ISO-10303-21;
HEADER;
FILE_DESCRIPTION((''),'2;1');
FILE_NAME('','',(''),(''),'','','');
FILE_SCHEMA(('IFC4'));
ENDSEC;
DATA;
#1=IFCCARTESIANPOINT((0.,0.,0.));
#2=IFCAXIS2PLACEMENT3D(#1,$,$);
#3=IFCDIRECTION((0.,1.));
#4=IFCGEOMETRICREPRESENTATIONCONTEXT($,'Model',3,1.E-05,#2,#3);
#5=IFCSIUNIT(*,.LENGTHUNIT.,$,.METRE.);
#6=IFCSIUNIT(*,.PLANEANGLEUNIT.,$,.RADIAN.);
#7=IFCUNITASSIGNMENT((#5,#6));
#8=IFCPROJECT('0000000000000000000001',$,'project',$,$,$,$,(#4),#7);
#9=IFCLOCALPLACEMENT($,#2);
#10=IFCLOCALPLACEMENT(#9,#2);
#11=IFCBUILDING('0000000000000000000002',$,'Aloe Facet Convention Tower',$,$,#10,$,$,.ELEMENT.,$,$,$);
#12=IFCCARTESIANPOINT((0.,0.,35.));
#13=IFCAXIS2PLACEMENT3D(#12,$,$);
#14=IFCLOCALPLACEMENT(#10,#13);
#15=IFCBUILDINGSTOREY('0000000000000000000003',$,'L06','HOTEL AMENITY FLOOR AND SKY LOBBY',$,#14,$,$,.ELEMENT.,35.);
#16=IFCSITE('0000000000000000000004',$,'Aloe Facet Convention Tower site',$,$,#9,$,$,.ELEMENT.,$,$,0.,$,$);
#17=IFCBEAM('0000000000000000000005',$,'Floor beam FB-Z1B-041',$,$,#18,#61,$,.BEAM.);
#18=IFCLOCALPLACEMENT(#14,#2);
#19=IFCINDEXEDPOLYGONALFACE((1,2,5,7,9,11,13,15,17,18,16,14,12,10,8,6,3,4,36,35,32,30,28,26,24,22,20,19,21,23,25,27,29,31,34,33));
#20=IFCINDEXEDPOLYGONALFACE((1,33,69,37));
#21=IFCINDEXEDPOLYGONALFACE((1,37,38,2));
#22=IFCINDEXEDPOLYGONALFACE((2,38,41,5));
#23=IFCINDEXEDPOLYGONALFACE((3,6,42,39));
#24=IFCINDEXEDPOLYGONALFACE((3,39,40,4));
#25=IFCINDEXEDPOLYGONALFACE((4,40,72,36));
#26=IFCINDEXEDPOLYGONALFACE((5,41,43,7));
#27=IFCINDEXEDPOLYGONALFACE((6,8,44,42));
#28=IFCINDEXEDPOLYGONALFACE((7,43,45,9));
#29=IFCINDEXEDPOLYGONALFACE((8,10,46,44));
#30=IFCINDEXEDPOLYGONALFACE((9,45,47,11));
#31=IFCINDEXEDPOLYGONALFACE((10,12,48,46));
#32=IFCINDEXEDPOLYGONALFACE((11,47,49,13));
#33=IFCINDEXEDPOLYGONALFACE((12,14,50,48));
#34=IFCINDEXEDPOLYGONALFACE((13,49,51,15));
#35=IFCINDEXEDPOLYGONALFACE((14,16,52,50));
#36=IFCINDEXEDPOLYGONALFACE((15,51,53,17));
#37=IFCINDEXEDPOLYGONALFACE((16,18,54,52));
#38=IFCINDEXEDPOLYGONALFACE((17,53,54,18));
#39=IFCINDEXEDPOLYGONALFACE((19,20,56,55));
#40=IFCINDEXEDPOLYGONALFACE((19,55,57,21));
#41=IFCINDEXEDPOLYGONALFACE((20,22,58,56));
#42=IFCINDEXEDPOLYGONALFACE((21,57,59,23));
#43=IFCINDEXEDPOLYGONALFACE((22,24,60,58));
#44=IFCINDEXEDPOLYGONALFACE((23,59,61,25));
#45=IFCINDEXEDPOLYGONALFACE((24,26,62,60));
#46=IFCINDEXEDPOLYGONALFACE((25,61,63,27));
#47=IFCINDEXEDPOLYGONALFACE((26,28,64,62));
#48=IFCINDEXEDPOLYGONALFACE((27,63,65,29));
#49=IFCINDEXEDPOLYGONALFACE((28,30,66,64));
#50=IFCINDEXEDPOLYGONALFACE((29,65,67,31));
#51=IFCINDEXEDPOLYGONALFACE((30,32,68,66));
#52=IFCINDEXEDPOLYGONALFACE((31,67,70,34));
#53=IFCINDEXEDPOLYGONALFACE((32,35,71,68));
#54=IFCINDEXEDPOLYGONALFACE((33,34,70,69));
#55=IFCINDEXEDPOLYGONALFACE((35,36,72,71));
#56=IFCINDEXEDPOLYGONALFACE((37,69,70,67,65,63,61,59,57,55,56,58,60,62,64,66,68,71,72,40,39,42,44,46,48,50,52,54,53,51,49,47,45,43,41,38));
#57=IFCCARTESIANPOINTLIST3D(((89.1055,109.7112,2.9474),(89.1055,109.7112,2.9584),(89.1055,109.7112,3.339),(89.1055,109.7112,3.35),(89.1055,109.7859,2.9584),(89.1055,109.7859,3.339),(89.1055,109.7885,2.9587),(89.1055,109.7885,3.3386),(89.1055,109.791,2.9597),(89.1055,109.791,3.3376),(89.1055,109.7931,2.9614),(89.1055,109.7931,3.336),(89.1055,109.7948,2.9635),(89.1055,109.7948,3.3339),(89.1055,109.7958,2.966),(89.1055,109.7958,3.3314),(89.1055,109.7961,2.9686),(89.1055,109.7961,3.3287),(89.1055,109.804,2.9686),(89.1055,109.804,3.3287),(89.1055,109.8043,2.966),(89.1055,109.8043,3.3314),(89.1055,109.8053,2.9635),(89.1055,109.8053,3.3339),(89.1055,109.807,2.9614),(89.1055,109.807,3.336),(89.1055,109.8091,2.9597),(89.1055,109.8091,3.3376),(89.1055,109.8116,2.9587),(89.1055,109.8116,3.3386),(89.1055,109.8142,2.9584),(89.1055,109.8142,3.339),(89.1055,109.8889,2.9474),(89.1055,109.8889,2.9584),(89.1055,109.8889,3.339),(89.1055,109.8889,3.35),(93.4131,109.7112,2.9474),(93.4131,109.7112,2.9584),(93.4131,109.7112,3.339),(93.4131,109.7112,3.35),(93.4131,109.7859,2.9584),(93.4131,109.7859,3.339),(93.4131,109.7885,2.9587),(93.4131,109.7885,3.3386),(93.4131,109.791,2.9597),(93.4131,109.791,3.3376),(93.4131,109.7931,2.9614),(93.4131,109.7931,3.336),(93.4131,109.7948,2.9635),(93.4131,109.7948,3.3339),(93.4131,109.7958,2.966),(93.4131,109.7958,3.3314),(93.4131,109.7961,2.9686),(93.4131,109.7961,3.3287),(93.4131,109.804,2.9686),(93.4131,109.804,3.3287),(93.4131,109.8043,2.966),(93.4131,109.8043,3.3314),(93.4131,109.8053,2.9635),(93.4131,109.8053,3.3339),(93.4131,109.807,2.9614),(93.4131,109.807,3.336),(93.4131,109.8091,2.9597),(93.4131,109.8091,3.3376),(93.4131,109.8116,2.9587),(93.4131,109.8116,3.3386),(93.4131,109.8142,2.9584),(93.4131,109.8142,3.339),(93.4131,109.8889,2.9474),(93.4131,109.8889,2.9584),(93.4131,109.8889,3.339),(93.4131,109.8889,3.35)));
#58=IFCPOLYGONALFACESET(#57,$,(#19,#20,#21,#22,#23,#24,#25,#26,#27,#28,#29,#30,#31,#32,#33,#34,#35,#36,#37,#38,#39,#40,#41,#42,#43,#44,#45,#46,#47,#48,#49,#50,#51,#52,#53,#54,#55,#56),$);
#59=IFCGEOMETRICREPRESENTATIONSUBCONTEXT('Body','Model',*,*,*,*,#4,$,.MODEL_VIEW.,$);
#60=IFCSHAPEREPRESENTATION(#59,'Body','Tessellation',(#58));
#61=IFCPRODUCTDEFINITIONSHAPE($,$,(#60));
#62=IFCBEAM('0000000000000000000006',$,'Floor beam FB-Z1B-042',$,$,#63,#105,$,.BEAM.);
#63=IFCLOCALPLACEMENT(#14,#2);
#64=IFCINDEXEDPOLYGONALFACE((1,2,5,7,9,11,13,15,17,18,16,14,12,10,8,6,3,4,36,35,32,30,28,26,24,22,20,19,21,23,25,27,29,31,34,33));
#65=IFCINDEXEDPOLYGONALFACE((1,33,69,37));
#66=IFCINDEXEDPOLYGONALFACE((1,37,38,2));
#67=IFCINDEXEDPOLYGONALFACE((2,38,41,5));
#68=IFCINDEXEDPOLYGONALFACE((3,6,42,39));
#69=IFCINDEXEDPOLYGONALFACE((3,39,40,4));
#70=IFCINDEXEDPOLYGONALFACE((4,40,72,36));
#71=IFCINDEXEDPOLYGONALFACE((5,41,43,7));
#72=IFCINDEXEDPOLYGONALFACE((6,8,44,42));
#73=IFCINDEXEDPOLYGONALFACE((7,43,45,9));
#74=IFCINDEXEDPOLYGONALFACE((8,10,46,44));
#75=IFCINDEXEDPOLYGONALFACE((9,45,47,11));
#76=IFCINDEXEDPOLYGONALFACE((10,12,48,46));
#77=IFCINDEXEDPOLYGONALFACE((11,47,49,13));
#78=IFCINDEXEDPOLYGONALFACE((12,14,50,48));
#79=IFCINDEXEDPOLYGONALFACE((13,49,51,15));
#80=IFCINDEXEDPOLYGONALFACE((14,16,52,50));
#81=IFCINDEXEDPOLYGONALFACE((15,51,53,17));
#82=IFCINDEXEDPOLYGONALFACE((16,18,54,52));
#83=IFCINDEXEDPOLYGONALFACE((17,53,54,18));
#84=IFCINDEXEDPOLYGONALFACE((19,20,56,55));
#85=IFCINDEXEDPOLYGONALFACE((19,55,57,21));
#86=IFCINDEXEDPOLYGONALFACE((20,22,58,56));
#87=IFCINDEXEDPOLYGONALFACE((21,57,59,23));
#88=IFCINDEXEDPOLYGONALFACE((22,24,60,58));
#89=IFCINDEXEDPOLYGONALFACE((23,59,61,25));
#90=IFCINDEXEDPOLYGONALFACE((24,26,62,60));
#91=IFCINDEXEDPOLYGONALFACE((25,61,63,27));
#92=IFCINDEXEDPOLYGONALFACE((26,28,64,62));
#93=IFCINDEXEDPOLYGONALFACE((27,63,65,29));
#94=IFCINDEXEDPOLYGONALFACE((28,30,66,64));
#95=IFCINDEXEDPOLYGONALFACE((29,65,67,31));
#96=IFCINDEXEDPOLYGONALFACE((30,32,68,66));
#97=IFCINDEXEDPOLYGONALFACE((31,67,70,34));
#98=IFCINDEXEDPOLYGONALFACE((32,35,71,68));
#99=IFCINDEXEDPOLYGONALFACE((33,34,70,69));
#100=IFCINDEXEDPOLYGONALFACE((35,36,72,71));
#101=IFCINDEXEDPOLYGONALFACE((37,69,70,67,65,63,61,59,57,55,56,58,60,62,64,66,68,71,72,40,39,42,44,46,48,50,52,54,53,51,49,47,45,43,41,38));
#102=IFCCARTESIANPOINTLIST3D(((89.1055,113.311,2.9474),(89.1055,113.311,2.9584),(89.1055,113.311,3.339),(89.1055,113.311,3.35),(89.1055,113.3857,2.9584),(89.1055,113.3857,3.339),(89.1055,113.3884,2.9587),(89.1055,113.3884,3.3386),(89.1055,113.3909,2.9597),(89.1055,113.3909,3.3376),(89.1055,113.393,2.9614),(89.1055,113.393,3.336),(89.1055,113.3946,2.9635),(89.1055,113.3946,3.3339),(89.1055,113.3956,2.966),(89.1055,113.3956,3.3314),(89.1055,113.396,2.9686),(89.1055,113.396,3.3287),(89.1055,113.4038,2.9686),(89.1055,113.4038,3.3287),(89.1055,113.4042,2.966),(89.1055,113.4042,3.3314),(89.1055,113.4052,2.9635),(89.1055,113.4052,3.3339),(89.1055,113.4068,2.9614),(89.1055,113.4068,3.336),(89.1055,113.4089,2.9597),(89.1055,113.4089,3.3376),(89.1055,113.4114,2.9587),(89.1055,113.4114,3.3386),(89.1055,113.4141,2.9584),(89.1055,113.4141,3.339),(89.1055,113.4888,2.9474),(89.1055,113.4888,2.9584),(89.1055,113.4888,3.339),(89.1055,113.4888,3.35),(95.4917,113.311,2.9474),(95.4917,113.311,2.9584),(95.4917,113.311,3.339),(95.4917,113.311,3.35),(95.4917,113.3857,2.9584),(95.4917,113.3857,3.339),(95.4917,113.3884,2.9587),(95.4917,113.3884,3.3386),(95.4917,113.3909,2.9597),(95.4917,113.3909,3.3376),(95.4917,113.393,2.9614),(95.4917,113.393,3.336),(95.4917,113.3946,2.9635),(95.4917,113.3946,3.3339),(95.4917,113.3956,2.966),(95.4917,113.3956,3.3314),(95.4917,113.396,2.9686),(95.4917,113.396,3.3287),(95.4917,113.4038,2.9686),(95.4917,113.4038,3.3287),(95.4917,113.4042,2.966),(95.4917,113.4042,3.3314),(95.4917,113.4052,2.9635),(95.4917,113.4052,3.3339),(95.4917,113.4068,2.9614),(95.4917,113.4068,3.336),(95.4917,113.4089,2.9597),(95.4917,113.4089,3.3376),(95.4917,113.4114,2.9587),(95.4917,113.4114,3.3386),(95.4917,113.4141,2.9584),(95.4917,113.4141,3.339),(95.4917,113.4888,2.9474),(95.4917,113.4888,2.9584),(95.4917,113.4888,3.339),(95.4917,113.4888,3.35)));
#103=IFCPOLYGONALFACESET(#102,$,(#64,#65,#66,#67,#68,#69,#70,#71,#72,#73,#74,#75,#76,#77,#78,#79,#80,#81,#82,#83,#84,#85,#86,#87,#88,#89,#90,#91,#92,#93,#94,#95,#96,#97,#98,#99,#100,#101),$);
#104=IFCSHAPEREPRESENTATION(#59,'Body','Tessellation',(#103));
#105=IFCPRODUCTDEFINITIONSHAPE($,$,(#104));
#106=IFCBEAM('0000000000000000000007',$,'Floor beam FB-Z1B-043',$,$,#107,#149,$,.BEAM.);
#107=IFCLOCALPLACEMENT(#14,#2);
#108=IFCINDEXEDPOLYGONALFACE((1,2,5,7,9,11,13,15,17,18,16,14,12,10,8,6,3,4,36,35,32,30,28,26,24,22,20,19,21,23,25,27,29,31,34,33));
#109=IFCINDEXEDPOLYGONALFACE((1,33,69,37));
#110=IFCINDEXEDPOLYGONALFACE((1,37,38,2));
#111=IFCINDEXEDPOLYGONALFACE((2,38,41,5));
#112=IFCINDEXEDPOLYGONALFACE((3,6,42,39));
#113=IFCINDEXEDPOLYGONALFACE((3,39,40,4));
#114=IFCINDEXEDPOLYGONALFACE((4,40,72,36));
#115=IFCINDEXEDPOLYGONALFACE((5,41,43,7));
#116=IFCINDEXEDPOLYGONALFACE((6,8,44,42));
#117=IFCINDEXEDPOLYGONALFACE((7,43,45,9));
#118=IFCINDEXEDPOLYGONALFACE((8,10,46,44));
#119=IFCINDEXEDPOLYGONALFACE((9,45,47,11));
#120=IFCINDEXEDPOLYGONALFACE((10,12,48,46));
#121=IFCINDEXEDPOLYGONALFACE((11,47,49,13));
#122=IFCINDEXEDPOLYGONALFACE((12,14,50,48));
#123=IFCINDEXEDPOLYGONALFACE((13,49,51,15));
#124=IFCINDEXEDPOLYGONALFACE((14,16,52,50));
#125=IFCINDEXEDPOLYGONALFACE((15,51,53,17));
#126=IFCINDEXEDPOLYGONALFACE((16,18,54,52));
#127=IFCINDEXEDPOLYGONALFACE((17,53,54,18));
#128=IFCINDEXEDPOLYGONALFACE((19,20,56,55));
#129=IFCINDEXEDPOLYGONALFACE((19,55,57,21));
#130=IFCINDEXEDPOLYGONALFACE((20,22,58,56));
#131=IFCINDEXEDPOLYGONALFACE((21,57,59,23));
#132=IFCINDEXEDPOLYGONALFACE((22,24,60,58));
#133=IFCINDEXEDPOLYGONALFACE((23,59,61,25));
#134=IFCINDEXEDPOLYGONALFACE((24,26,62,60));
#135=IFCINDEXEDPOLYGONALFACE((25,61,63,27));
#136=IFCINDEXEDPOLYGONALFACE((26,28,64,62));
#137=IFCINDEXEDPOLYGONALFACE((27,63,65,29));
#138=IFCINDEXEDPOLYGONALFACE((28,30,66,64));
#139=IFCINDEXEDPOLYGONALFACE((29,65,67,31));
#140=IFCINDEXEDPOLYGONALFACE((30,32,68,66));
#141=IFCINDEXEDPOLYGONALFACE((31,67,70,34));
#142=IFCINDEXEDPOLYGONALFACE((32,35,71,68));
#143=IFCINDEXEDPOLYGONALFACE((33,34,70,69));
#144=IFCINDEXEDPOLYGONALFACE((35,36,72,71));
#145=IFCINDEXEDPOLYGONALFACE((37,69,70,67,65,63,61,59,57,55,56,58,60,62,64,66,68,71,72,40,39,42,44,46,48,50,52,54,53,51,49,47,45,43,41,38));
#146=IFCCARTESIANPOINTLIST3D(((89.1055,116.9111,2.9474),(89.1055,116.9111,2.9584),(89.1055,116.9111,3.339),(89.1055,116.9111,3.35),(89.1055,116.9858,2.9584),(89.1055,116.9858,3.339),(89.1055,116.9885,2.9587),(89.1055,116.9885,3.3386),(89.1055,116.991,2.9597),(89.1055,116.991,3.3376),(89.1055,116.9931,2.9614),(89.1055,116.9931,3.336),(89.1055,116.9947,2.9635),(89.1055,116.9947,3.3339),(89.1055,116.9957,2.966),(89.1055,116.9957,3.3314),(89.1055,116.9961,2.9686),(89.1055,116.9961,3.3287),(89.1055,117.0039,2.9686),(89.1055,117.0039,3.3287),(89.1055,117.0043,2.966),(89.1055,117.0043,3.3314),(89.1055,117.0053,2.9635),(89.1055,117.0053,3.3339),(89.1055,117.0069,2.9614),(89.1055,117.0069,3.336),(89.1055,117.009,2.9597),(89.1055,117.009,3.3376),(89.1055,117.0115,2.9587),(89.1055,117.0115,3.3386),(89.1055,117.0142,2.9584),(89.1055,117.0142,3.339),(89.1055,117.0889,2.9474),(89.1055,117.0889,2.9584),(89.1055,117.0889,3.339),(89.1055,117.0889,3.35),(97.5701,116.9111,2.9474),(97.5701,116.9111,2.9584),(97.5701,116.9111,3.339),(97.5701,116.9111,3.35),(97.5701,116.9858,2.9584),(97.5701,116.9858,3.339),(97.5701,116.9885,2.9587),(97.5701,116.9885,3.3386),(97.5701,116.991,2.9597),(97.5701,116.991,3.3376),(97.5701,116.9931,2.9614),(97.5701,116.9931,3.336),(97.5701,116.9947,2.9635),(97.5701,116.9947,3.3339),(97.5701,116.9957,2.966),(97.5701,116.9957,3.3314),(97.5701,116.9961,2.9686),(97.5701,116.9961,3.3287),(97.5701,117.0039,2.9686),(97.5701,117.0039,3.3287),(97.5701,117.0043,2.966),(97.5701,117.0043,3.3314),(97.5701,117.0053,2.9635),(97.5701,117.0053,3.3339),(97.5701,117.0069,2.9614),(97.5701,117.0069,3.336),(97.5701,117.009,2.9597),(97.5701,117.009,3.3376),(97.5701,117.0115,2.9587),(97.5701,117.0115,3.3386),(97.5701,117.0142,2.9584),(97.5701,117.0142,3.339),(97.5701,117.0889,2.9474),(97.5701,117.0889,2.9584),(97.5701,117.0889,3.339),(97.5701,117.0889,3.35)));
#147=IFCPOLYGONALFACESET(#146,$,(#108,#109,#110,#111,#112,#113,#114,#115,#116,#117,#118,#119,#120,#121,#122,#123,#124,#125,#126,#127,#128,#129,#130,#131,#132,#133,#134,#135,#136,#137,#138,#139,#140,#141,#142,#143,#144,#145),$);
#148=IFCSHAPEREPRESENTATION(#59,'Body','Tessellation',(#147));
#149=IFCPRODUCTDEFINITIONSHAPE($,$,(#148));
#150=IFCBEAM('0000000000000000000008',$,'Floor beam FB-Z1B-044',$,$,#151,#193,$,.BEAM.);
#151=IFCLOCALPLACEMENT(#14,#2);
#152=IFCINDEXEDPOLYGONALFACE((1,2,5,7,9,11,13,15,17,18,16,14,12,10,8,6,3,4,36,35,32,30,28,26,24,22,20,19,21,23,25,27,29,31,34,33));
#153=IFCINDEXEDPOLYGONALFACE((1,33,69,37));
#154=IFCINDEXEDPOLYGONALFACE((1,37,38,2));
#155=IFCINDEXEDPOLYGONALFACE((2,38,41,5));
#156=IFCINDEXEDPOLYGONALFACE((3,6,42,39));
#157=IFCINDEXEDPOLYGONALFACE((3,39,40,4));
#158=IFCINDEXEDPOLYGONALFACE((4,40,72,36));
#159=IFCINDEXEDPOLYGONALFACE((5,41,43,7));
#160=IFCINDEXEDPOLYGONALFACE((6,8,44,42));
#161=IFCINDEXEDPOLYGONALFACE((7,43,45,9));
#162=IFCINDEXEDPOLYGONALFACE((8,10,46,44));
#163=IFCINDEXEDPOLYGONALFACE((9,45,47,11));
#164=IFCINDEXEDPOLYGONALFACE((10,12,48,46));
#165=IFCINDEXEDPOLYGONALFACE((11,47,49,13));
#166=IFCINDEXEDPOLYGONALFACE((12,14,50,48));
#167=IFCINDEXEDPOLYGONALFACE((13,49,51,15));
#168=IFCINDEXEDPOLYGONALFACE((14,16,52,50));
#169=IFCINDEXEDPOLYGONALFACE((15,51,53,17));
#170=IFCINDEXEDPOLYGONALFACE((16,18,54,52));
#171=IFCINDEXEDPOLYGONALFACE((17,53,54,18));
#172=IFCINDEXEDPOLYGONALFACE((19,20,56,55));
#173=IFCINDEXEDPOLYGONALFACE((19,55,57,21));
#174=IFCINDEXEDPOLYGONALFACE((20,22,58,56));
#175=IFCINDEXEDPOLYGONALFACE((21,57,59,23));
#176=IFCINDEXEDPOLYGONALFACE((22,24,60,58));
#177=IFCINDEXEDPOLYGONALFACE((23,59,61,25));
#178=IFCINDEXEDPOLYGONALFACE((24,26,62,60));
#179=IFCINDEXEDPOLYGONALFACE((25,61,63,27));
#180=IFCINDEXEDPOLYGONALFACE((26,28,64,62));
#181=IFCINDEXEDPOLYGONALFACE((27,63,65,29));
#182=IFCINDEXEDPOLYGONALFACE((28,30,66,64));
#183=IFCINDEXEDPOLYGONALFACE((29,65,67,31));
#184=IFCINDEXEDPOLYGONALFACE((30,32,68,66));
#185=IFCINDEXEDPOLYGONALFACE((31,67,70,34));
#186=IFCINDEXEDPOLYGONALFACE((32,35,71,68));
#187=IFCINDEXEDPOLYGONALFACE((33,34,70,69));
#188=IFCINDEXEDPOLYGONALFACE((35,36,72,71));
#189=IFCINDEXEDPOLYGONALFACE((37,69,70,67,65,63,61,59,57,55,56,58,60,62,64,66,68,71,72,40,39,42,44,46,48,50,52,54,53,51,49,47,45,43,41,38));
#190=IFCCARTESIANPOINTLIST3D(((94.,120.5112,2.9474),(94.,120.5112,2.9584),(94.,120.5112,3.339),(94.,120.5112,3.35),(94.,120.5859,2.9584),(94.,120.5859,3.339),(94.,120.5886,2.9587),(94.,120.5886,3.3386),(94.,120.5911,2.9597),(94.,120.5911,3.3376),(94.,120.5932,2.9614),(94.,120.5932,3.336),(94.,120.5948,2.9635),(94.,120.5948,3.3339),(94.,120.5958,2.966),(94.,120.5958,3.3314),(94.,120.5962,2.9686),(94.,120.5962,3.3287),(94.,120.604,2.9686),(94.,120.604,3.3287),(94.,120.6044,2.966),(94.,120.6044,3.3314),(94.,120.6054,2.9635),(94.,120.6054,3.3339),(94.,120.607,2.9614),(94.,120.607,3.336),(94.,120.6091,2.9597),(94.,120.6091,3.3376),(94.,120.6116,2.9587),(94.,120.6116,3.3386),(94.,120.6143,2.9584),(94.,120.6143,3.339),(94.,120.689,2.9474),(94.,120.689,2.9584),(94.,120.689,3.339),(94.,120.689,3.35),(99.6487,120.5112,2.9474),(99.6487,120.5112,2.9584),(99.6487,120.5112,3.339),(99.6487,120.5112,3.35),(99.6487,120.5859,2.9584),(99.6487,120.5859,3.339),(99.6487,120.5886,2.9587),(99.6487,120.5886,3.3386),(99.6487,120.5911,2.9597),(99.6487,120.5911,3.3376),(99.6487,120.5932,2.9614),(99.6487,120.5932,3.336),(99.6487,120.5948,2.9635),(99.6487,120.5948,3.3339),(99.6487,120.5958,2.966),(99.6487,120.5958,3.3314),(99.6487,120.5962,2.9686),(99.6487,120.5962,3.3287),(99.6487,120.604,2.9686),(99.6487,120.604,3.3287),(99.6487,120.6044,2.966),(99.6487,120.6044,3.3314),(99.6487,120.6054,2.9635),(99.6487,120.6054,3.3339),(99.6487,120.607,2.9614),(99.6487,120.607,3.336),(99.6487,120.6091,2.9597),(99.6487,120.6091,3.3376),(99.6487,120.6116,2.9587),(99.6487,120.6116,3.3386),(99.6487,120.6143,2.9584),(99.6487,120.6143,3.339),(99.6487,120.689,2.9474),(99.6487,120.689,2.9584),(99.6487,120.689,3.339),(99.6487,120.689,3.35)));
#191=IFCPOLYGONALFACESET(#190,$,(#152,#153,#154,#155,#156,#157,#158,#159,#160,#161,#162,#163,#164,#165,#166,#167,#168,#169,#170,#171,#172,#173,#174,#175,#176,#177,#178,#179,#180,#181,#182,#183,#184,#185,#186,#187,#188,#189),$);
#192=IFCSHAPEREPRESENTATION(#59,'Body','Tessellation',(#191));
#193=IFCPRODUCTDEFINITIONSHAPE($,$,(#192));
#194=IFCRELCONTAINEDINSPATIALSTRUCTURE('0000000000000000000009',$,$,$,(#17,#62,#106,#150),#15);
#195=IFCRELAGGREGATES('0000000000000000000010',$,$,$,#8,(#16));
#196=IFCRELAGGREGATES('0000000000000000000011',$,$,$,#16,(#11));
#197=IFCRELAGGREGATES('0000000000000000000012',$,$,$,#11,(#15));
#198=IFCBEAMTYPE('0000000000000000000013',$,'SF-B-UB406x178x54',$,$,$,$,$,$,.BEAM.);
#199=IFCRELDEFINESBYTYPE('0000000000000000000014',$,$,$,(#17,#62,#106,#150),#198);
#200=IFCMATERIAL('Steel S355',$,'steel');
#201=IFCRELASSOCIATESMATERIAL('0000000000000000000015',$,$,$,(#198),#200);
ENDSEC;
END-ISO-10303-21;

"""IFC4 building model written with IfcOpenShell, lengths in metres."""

from ifc_helpers import new_model, si_unit, direction, frame, origin, origin_2d, place, context, subcontext, project, spatial, i_section, extrude, material, material_profile, profile_set, type_object, element, save


model = new_model("IFC4")

# Units and contexts
model_context = context("Model", 3, precision=1e-05, world=origin(), true_north=direction((0.0, 1.0)))
body_context = subcontext(model_context, "Body", "Model", "MODEL_VIEW")
ifc_project = project(units=[si_unit("LENGTHUNIT", "METRE"), si_unit("PLANEANGLEUNIT", "RADIAN")], contexts=[model_context])

# Site, building, storey
site_placement = place(None, origin())
site = spatial("IfcSite", under=ifc_project, at=site_placement, Name="Aloe Facet Convention Tower site", CompositionType="ELEMENT", RefElevation=0.0)
building_placement = place(site_placement, origin())
building = spatial("IfcBuilding", under=site, at=building_placement, Name="Aloe Facet Convention Tower", CompositionType="ELEMENT")
storey_placement = place(building_placement, frame((0.0, 0.0, 35.0)))
storey = spatial("IfcBuildingStorey", under=building, at=storey_placement, Name="L06", Description="HOTEL AMENITY FLOOR AND SKY LOBBY", CompositionType="ELEMENT", Elevation=35.0)

# Beams
ifc_material_1 = material(Name="Steel S355", Category="steel")
ifc_material_profile_1 = material_profile(ifc_material_1, i_section(OverallWidth=0.1777, OverallDepth=0.4026, WebThickness=0.0078, FlangeThickness=0.011, FilletRadius=0.0103, at=origin_2d()), Name="UB 406x178x54")
ifc_profile_set_1 = profile_set([ifc_material_profile_1], Name="Steel S355")
beam_type_1 = type_object("IfcBeamType", Name="SF-B-UB406x178x54", PredefinedType="BEAM", material=ifc_profile_set_1)
beam_1_placement = place(storey_placement, frame((89.1055, 109.8, 3.1487), z_axis=(1.0, 0.0, 0.0), x_axis=(0.0, 1.0, 0.0)))
element("IfcBeam", 1, at=beam_1_placement, inside=storey, type_object=beam_type_1, Name="Floor beam FB-Z1B-041", PredefinedType="BEAM", context=body_context, shape_type="SweptSolid", body=[
    extrude(i_section(OverallWidth=0.1777, OverallDepth=0.4026, WebThickness=0.0078, FlangeThickness=0.011, FilletRadius=0.0103, at=origin_2d()), origin(), (0.0, 0.0, 1.0), 4.3076),
])
beam_2_placement = place(storey_placement, frame((89.1055, 113.3999, 3.1487), z_axis=(1.0, 0.0, 0.0), x_axis=(0.0, 1.0, 0.0)))
element("IfcBeam", 2, at=beam_2_placement, inside=storey, type_object=beam_type_1, Name="Floor beam FB-Z1B-042", PredefinedType="BEAM", context=body_context, shape_type="SweptSolid", body=[
    extrude(i_section(OverallWidth=0.1777, OverallDepth=0.4026, WebThickness=0.0078, FlangeThickness=0.011, FilletRadius=0.0103, at=origin_2d()), origin(), (0.0, 0.0, 1.0), 6.3862),
])
beam_3_placement = place(storey_placement, frame((89.1055, 117.0, 3.1487), z_axis=(1.0, 0.0, 0.0), x_axis=(0.0, 1.0, 0.0)))
element("IfcBeam", 3, at=beam_3_placement, inside=storey, type_object=beam_type_1, Name="Floor beam FB-Z1B-043", PredefinedType="BEAM", context=body_context, shape_type="SweptSolid", body=[
    extrude(i_section(OverallWidth=0.1777, OverallDepth=0.4026, WebThickness=0.0078, FlangeThickness=0.011, FilletRadius=0.0103, at=origin_2d()), origin(), (0.0, 0.0, 1.0), 8.4646),
])
beam_4_placement = place(storey_placement, frame((94.0, 120.6001, 3.1487), z_axis=(1.0, 0.0, 0.0), x_axis=(0.0, 1.0, 0.0)))
element("IfcBeam", 4, at=beam_4_placement, inside=storey, type_object=beam_type_1, Name="Floor beam FB-Z1B-044", PredefinedType="BEAM", context=body_context, shape_type="SweptSolid", body=[
    extrude(i_section(OverallWidth=0.1777, OverallDepth=0.4026, WebThickness=0.0078, FlangeThickness=0.011, FilletRadius=0.0103, at=origin_2d()), origin(), (0.0, 0.0, 1.0), 5.6487),
])

save(model, "model.ifc")
